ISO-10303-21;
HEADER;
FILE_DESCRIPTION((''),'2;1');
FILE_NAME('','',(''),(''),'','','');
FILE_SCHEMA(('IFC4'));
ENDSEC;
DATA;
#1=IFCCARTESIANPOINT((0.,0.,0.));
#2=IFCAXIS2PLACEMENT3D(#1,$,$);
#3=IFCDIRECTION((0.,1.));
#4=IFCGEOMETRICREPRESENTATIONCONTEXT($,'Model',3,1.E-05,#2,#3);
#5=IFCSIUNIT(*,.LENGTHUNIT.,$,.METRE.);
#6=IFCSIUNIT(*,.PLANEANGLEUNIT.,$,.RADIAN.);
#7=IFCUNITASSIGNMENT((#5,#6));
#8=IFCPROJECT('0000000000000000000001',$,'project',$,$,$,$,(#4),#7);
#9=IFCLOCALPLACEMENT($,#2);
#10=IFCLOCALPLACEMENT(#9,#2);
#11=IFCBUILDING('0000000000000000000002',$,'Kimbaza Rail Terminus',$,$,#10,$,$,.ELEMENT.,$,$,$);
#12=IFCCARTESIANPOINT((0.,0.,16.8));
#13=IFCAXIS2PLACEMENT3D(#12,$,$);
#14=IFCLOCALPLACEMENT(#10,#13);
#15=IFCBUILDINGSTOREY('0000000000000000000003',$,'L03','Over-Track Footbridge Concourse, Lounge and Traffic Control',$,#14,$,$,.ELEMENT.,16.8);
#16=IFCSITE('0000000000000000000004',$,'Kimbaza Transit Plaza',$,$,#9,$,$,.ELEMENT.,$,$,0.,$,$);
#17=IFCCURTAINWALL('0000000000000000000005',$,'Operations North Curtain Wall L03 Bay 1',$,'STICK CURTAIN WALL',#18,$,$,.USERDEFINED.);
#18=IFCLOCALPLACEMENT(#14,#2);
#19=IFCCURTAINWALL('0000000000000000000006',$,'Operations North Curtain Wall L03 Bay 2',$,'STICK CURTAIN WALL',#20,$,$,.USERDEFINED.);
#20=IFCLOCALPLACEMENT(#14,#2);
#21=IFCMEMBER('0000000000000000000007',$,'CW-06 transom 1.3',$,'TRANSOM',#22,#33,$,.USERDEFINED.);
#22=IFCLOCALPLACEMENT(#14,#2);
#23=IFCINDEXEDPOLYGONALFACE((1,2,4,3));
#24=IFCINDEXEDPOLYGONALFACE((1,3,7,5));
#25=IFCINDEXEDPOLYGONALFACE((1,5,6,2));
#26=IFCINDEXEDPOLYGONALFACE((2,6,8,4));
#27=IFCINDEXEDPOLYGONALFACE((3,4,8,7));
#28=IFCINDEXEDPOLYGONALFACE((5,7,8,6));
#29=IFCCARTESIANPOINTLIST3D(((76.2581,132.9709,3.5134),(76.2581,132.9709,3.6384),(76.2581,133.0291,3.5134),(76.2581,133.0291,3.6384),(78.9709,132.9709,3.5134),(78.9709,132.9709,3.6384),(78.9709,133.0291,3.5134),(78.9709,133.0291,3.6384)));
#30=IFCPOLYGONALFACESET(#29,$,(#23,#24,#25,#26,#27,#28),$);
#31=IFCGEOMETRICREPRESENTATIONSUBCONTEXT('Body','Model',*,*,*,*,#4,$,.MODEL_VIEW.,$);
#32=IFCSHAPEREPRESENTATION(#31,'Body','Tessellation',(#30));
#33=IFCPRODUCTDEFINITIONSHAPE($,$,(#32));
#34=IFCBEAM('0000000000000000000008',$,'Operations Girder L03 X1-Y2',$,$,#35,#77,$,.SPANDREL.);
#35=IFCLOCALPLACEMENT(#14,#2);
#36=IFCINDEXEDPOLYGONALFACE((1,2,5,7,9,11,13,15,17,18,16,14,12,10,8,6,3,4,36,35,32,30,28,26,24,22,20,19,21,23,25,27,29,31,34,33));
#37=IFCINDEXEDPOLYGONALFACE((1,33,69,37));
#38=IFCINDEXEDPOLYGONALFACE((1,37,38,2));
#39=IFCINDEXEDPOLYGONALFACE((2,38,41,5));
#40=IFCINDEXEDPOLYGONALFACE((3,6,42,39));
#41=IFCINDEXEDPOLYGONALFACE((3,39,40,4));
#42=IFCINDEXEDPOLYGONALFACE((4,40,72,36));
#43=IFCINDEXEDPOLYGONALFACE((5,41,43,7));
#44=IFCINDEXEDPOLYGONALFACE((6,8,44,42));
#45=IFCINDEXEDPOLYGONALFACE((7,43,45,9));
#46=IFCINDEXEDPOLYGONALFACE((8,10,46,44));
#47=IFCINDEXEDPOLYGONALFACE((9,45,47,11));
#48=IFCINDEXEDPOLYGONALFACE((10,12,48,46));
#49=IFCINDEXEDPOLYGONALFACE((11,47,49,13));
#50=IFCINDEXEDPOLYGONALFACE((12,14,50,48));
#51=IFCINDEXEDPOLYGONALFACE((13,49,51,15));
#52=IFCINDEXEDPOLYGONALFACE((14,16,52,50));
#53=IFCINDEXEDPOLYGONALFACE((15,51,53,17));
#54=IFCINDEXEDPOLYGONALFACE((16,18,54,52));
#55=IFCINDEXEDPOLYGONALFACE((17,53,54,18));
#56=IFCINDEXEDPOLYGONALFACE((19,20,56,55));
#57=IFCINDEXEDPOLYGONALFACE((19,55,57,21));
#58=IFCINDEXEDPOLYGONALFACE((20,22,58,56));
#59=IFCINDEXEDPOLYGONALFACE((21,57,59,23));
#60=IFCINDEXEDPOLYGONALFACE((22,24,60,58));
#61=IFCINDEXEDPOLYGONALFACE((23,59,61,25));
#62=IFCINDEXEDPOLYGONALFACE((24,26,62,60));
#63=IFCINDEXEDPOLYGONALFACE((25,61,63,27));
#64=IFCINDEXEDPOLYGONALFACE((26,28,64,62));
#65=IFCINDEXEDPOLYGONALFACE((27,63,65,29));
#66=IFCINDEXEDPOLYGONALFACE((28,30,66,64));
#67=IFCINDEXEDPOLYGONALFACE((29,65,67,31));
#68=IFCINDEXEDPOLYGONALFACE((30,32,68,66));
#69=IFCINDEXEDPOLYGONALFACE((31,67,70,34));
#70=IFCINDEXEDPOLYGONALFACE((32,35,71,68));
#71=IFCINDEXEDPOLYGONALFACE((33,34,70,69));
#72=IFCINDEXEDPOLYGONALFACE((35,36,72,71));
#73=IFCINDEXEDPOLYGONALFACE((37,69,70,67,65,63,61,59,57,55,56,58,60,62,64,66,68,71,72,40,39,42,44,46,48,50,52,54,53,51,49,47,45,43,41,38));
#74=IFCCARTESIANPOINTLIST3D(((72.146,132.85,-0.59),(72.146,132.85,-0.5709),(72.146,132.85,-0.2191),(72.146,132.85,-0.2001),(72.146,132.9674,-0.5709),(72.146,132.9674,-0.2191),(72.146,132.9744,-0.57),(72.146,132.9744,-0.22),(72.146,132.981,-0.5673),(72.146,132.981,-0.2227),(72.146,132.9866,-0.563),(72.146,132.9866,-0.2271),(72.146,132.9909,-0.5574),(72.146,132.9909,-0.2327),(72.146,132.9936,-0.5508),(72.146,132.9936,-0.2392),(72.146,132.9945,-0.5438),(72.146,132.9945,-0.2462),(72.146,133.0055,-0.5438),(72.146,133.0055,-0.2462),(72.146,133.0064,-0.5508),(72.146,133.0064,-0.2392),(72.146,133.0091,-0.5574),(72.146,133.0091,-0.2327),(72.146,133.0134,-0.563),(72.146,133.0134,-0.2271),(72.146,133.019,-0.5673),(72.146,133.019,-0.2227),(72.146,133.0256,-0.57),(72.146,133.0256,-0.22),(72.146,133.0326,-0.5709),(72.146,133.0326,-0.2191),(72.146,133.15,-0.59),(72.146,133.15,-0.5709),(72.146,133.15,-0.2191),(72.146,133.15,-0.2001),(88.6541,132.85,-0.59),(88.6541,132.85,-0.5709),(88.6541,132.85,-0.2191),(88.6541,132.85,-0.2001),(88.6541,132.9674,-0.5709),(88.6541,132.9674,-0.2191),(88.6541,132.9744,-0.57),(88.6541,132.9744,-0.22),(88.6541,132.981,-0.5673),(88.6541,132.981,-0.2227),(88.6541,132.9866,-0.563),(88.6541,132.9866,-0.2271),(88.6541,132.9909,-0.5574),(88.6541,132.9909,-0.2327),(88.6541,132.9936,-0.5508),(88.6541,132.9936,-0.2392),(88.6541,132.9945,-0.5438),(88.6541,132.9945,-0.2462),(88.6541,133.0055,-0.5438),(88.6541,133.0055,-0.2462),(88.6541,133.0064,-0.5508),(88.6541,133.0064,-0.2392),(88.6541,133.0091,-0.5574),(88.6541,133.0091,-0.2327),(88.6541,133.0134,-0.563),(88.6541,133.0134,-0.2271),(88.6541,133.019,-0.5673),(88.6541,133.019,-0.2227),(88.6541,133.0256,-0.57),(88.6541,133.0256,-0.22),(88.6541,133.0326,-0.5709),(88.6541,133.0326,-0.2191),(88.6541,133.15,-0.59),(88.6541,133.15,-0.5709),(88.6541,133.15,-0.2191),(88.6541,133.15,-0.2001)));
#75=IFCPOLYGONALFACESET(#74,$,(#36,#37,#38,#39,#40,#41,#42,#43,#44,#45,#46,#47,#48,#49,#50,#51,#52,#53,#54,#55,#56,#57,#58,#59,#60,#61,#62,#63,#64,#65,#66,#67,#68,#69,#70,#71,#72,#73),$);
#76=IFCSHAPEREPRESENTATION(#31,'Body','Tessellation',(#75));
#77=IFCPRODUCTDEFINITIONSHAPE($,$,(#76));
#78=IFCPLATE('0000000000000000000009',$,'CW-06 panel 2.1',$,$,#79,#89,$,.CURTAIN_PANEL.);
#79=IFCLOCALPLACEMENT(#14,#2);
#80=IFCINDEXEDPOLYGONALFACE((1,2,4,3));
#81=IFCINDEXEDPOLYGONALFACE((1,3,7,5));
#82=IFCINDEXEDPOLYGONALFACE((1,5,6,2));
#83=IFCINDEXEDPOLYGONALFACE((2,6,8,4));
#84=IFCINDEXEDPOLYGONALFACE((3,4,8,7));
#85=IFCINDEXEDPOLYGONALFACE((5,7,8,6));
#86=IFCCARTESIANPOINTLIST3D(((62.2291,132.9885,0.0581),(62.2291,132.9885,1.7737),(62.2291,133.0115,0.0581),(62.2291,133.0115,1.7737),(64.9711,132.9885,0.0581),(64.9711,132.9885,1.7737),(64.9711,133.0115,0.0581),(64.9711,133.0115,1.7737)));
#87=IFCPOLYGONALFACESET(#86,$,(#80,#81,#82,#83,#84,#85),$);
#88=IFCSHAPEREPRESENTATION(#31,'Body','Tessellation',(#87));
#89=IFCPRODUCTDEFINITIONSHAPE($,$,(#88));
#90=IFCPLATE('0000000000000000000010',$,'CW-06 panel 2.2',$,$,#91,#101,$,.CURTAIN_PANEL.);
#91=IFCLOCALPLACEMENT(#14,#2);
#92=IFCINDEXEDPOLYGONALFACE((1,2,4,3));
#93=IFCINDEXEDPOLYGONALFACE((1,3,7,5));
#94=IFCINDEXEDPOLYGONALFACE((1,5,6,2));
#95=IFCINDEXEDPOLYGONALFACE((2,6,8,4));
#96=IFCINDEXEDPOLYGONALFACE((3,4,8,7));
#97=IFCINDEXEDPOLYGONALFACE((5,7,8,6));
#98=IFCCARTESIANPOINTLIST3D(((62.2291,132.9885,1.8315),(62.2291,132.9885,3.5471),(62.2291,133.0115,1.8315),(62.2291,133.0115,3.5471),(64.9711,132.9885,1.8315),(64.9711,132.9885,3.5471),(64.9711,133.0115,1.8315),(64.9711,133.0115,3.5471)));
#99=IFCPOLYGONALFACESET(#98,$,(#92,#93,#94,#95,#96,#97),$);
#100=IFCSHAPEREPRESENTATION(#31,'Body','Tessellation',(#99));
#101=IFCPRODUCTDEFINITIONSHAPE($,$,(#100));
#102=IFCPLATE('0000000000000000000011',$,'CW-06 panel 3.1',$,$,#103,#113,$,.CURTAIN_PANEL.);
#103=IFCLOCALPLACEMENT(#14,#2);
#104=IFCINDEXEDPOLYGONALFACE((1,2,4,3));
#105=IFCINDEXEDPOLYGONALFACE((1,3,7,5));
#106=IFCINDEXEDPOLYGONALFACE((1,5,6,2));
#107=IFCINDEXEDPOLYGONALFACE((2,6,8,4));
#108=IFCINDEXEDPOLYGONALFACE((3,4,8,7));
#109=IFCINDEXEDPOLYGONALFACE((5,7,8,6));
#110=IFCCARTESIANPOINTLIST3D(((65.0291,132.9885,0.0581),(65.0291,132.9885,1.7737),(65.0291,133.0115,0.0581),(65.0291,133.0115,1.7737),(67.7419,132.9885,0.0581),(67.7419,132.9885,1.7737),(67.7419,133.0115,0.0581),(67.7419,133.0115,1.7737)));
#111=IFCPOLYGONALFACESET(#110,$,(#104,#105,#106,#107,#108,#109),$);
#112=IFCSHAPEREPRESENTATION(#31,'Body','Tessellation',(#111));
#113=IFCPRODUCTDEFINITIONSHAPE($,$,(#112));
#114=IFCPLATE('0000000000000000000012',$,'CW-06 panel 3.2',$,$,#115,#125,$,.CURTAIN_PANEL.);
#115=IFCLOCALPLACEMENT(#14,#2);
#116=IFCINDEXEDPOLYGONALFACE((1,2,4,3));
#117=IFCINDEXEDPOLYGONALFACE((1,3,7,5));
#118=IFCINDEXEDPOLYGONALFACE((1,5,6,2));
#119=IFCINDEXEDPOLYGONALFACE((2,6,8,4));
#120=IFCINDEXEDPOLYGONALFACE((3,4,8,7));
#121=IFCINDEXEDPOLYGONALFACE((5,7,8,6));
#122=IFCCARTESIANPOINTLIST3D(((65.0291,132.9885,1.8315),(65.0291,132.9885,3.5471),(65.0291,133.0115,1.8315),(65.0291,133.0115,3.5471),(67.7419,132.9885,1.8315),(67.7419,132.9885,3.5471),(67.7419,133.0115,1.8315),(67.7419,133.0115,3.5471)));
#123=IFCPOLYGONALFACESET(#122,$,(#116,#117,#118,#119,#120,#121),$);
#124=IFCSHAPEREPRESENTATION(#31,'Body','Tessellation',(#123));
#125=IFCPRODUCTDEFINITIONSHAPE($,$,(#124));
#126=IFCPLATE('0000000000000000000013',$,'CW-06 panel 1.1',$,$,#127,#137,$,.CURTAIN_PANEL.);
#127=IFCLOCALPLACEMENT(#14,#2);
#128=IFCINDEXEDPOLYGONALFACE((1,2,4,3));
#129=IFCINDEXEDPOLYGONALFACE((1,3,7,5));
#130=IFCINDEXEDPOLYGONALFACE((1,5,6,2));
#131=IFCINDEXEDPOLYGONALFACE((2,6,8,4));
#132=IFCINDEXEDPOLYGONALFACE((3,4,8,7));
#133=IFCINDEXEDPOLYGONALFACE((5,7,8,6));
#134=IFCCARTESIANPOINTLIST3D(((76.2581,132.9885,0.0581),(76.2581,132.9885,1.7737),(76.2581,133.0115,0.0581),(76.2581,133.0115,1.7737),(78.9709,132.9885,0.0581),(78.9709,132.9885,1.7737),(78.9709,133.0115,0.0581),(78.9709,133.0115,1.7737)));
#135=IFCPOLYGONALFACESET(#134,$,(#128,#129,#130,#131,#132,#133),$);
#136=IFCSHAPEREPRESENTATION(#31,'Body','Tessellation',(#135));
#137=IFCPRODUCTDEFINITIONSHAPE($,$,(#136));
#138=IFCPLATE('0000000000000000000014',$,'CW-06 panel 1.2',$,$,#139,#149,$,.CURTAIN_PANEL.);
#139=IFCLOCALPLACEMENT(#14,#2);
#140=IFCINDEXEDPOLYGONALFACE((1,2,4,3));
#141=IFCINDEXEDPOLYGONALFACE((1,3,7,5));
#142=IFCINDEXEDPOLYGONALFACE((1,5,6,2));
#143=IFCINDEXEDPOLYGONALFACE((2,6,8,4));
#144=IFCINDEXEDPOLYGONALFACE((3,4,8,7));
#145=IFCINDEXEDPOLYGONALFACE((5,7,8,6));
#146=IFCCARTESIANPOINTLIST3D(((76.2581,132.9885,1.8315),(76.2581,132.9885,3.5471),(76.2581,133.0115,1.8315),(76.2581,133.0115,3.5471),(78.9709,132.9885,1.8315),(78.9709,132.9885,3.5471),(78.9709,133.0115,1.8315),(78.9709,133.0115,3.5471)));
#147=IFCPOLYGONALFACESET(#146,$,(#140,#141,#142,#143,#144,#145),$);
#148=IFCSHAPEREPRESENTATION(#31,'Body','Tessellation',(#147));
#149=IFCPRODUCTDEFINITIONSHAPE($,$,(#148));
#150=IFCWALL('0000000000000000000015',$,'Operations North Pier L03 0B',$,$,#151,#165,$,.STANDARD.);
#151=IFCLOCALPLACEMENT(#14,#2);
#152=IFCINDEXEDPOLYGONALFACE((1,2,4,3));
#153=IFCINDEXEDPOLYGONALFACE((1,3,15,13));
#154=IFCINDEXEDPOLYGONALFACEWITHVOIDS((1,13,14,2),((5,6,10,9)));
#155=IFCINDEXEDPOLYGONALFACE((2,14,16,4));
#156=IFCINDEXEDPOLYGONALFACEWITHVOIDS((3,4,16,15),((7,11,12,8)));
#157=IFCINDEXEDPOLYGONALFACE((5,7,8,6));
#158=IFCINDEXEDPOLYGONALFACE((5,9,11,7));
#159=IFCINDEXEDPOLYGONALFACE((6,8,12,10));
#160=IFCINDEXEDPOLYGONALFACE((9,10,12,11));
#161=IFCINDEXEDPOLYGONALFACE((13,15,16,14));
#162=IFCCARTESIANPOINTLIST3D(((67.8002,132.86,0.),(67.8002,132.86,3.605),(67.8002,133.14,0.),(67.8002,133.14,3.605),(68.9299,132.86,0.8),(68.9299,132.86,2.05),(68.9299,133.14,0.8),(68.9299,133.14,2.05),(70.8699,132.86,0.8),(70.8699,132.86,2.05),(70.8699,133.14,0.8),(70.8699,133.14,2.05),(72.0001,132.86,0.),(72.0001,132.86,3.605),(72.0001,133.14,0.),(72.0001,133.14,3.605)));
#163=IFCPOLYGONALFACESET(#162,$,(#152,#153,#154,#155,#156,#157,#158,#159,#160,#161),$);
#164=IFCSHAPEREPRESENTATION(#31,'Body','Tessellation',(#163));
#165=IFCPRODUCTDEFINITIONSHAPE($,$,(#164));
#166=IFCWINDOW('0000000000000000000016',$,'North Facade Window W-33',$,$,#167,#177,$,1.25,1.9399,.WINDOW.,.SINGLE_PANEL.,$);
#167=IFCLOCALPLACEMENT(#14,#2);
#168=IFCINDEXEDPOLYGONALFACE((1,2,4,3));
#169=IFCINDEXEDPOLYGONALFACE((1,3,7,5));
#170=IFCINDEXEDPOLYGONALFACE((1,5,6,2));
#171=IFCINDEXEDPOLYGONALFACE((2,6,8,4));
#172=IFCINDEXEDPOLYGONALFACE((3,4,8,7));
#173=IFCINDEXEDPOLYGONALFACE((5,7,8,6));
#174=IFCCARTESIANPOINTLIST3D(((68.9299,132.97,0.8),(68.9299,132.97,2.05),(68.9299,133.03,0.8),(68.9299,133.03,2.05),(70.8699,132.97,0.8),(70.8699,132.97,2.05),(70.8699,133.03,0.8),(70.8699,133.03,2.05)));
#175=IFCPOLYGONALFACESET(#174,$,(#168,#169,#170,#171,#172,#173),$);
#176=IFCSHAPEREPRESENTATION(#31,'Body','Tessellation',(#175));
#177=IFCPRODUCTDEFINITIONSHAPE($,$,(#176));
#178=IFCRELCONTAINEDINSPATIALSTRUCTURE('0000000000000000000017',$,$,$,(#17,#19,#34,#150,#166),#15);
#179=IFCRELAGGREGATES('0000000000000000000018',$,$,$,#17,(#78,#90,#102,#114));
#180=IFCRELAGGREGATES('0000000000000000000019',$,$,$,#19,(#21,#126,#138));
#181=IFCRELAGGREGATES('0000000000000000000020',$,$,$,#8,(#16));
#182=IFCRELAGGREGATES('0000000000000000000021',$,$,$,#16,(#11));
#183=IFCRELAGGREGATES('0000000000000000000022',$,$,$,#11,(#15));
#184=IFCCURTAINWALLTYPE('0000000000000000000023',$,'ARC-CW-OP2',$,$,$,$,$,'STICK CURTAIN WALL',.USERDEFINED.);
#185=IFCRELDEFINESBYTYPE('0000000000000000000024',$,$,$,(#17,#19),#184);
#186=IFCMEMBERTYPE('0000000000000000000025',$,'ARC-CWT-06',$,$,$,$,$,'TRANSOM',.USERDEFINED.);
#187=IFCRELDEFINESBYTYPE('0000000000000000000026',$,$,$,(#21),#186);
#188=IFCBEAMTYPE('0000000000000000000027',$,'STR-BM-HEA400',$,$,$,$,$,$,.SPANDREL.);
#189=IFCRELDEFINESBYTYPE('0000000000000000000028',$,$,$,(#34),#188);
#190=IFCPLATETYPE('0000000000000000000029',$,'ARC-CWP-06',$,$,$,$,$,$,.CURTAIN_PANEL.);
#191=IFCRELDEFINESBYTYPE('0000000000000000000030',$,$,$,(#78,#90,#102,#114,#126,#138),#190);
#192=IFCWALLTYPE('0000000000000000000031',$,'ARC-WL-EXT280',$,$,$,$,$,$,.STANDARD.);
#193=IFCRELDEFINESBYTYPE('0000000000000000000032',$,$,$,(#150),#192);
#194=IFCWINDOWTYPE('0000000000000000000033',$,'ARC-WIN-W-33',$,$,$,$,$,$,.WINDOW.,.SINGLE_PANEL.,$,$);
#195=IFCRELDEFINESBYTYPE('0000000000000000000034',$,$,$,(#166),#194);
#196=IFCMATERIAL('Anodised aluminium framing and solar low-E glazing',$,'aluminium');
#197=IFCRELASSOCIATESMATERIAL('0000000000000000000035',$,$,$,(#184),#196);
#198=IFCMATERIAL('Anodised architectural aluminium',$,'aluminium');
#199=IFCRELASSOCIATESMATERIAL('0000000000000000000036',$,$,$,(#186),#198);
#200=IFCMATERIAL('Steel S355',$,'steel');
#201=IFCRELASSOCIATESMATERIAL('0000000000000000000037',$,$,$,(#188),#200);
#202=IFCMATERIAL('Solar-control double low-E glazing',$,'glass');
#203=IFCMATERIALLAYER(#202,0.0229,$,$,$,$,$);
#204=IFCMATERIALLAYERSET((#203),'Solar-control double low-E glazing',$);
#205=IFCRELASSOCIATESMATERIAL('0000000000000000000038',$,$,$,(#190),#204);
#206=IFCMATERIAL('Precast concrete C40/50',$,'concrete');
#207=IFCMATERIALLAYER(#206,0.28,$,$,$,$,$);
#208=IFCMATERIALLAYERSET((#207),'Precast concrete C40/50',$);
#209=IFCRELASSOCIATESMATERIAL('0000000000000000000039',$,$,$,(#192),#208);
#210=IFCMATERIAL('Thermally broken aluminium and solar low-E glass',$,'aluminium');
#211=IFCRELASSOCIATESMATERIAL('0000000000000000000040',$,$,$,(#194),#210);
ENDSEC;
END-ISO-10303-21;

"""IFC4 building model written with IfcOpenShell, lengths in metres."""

from ifc_helpers import new_model, si_unit, direction, frame, frame_2d, origin, origin_2d, place, context, subcontext, project, spatial, rectangle, i_section, extrude, material, layer, layer_set, material_profile, profile_set, type_object, element, fill, aggregate, save


model = new_model("IFC4")

# Units and contexts
model_context = context("Model", 3, precision=1e-05, world=origin(), true_north=direction((0.0, 1.0)))
body_context = subcontext(model_context, "Body", "Model", "MODEL_VIEW")
ifc_project = project(units=[si_unit("LENGTHUNIT", "METRE"), si_unit("PLANEANGLEUNIT", "RADIAN")], contexts=[model_context])

# Site, building, storey
site_placement = place(None, origin())
site = spatial("IfcSite", under=ifc_project, at=site_placement, Name="Kimbaza Transit Plaza", CompositionType="ELEMENT", RefElevation=0.0)
building_placement = place(site_placement, origin())
building = spatial("IfcBuilding", under=site, at=building_placement, Name="Kimbaza Rail Terminus", CompositionType="ELEMENT")
storey_placement = place(building_placement, frame((0.0, 0.0, 16.8)))
storey = spatial("IfcBuildingStorey", under=building, at=storey_placement, Name="L03", Description="Over-Track Footbridge Concourse, Lounge and Traffic Control", CompositionType="ELEMENT", Elevation=16.8)

# Curtain wall
ifc_material_1 = material(Name="Anodised aluminium framing and solar low-E glazing", Category="aluminium")
curtain_wall_type = type_object("IfcCurtainWallType", Name="ARC-CW-OP2", ElementType="STICK CURTAIN WALL", PredefinedType="USERDEFINED", material=ifc_material_1)
curtain_wall_1_placement = place(storey_placement, origin())
curtain_wall_1 = element("IfcCurtainWall", 1, at=curtain_wall_1_placement, inside=storey, type_object=curtain_wall_type, Name="Operations North Curtain Wall L03 Bay 1", ObjectType="STICK CURTAIN WALL", PredefinedType="USERDEFINED")

# Curtain wall
curtain_wall_2_placement = place(storey_placement, origin())
curtain_wall_2 = element("IfcCurtainWall", 2, at=curtain_wall_2_placement, inside=storey, type_object=curtain_wall_type, Name="Operations North Curtain Wall L03 Bay 2", ObjectType="STICK CURTAIN WALL", PredefinedType="USERDEFINED")

# Member
ifc_material_2 = material(Name="Anodised architectural aluminium", Category="aluminium")
ifc_material_profile_1 = material_profile(ifc_material_2, rectangle(XDim=0.0581, YDim=0.125, at=origin_2d()), Name="TRANSOM 58x125")
ifc_profile_set_1 = profile_set([ifc_material_profile_1], Name="Anodised architectural aluminium")
member_type_1 = type_object("IfcMemberType", Name="ARC-CWT-06", ElementType="TRANSOM", PredefinedType="USERDEFINED", material=ifc_profile_set_1)
member_1_placement = place(storey_placement, frame((76.2581, 133.0, 3.5759), z_axis=(1.0, 0.0, 0.0), x_axis=(0.0, 1.0, 0.0)))
member_1 = element("IfcMember", 3, at=member_1_placement, type_object=member_type_1, Name="CW-06 transom 1.3", ObjectType="TRANSOM", PredefinedType="USERDEFINED", context=body_context, shape_type="SweptSolid", body=[
    extrude(rectangle(XDim=0.0581, YDim=0.125, at=origin_2d()), origin(), (0.0, 0.0, 1.0), 2.7129),
])

# Beam
ifc_material_3 = material(Name="Steel S355", Category="steel")
ifc_material_profile_2 = material_profile(ifc_material_3, i_section(OverallWidth=0.3, OverallDepth=0.3899, WebThickness=0.011, FlangeThickness=0.019, FilletRadius=0.0271, at=origin_2d()), Name="HEA 400")
ifc_profile_set_2 = profile_set([ifc_material_profile_2], Name="Steel S355")
beam_type = type_object("IfcBeamType", Name="STR-BM-HEA400", PredefinedType="SPANDREL", material=ifc_profile_set_2)
beam_placement = place(storey_placement, frame((72.146, 133.0, -0.395), z_axis=(1.0, 0.0, 0.0), x_axis=(0.0, 1.0, 0.0)))
element("IfcBeam", 4, at=beam_placement, inside=storey, type_object=beam_type, Name="Operations Girder L03 X1-Y2", PredefinedType="SPANDREL", context=body_context, shape_type="SweptSolid", body=[
    extrude(i_section(OverallWidth=0.3, OverallDepth=0.3899, WebThickness=0.011, FlangeThickness=0.019, FilletRadius=0.0271, at=origin_2d()), origin(), (0.0, 0.0, 1.0), 16.5081),
])

# Plates
ifc_material_4 = material(Name="Solar-control double low-E glazing", Category="glass")
ifc_layer_1 = layer(ifc_material_4, 0.0229)
ifc_layer_set_1 = layer_set([ifc_layer_1], Name="Solar-control double low-E glazing")
plate_type = type_object("IfcPlateType", Name="ARC-CWP-06", PredefinedType="CURTAIN_PANEL", material=ifc_layer_set_1)
plate_1_placement = place(storey_placement, frame((63.6001, 133.0, 0.0581), z_axis=(0.0, 0.0, 1.0), x_axis=(1.0, 0.0, 0.0)))
plate_1 = element("IfcPlate", 5, at=plate_1_placement, type_object=plate_type, Name="CW-06 panel 2.1", PredefinedType="CURTAIN_PANEL", context=body_context, shape_type="SweptSolid", body=[
    extrude(rectangle(XDim=2.7419, YDim=0.0229, at=origin_2d()), origin(), (0.0, 0.0, 1.0), 1.7156),
])
plate_2_placement = place(storey_placement, frame((63.6001, 133.0, 1.8315), z_axis=(0.0, 0.0, 1.0), x_axis=(1.0, 0.0, 0.0)))
plate_2 = element("IfcPlate", 6, at=plate_2_placement, type_object=plate_type, Name="CW-06 panel 2.2", PredefinedType="CURTAIN_PANEL", context=body_context, shape_type="SweptSolid", body=[
    extrude(rectangle(XDim=2.7419, YDim=0.0229, at=origin_2d()), origin(), (0.0, 0.0, 1.0), 1.7156),
])
plate_3_placement = place(storey_placement, frame((66.3855, 133.0, 0.0581), z_axis=(0.0, 0.0, 1.0), x_axis=(1.0, 0.0, 0.0)))
plate_3 = element("IfcPlate", 7, at=plate_3_placement, type_object=plate_type, Name="CW-06 panel 3.1", PredefinedType="CURTAIN_PANEL", context=body_context, shape_type="SweptSolid", body=[
    extrude(rectangle(XDim=2.7129, YDim=0.0229, at=origin_2d()), origin(), (0.0, 0.0, 1.0), 1.7156),
])
plate_4_placement = place(storey_placement, frame((66.3855, 133.0, 1.8315), z_axis=(0.0, 0.0, 1.0), x_axis=(1.0, 0.0, 0.0)))
plate_4 = element("IfcPlate", 8, at=plate_4_placement, type_object=plate_type, Name="CW-06 panel 3.2", PredefinedType="CURTAIN_PANEL", context=body_context, shape_type="SweptSolid", body=[
    extrude(rectangle(XDim=2.7129, YDim=0.0229, at=origin_2d()), origin(), (0.0, 0.0, 1.0), 1.7156),
])
aggregate(curtain_wall_1, [plate_1, plate_2, plate_3, plate_4])
plate_5_placement = place(storey_placement, frame((77.6145, 133.0, 0.0581), z_axis=(0.0, 0.0, 1.0), x_axis=(1.0, 0.0, 0.0)))
plate_5 = element("IfcPlate", 9, at=plate_5_placement, type_object=plate_type, Name="CW-06 panel 1.1", PredefinedType="CURTAIN_PANEL", context=body_context, shape_type="SweptSolid", body=[
    extrude(rectangle(XDim=2.7129, YDim=0.0229, at=origin_2d()), origin(), (0.0, 0.0, 1.0), 1.7156),
])
plate_6_placement = place(storey_placement, frame((77.6145, 133.0, 1.8315), z_axis=(0.0, 0.0, 1.0), x_axis=(1.0, 0.0, 0.0)))
plate_6 = element("IfcPlate", 10, at=plate_6_placement, type_object=plate_type, Name="CW-06 panel 1.2", PredefinedType="CURTAIN_PANEL", context=body_context, shape_type="SweptSolid", body=[
    extrude(rectangle(XDim=2.7129, YDim=0.0229, at=origin_2d()), origin(), (0.0, 0.0, 1.0), 1.7156),
])
aggregate(curtain_wall_2, [member_1, plate_5, plate_6])

# Wall, opening, window
ifc_material_5 = material(Name="Precast concrete C40/50", Category="concrete")
ifc_layer_2 = layer(ifc_material_5, 0.28)
ifc_layer_set_2 = layer_set([ifc_layer_2], Name="Precast concrete C40/50")
wall_type = type_object("IfcWallType", Name="ARC-WL-EXT280", PredefinedType="STANDARD", material=ifc_layer_set_2)
wall_1_placement = place(storey_placement, frame((67.8, 133.0, 0.0), z_axis=(0.0, 0.0, 1.0), x_axis=(1.0, 0.0, 0.0)))
wall_1 = element("IfcWall", 11, at=wall_1_placement, inside=storey, type_object=wall_type, Name="Operations North Pier L03 0B", PredefinedType="STANDARD", context=body_context, shape_type="SweptSolid", body=[
    extrude(rectangle(XDim=4.2, YDim=0.28, at=frame_2d((2.1001, 0.0))), origin(), (0.0, 0.0, 1.0), 3.605),
])
opening_1_placement = place(wall_1_placement, frame((1.1299, 0.0, 0.8)))
opening_1 = element("IfcOpeningElement", 12, at=opening_1_placement, cuts=wall_1, PredefinedType="OPENING", context=body_context, shape_type="SweptSolid", body=[
    extrude(rectangle(XDim=1.9399, YDim=1.25, at=frame_2d((0.97, 0.625))), frame((0.0, 0.1499, 0.0), z_axis=(0.0, -1.0, 0.0), x_axis=(1.0, 0.0, 0.0)), (0.0, 0.0, 1.0), 0.3),
])
ifc_material_6 = material(Name="Thermally broken aluminium and solar low-E glass", Category="aluminium")
window_type_1 = type_object("IfcWindowType", Name="ARC-WIN-W-33", PartitioningType="SINGLE_PANEL", PredefinedType="WINDOW", material=ifc_material_6)
window_1_placement = place(opening_1_placement, origin())
window_1 = element("IfcWindow", 13, at=window_1_placement, inside=storey, type_object=window_type_1, Name="North Facade Window W-33", OverallHeight=1.25, OverallWidth=1.9399, PartitioningType="SINGLE_PANEL", PredefinedType="WINDOW", context=body_context, shape_type="SweptSolid", body=[
    extrude(rectangle(XDim=1.9399, YDim=1.25, at=frame_2d((0.97, 0.625))), frame((0.0, 0.03, 0.0), z_axis=(0.0, -1.0, 0.0), x_axis=(1.0, 0.0, 0.0)), (0.0, 0.0, 1.0), 0.0601),
])
fill(opening_1, window_1)

save(model, "model.ifc")
